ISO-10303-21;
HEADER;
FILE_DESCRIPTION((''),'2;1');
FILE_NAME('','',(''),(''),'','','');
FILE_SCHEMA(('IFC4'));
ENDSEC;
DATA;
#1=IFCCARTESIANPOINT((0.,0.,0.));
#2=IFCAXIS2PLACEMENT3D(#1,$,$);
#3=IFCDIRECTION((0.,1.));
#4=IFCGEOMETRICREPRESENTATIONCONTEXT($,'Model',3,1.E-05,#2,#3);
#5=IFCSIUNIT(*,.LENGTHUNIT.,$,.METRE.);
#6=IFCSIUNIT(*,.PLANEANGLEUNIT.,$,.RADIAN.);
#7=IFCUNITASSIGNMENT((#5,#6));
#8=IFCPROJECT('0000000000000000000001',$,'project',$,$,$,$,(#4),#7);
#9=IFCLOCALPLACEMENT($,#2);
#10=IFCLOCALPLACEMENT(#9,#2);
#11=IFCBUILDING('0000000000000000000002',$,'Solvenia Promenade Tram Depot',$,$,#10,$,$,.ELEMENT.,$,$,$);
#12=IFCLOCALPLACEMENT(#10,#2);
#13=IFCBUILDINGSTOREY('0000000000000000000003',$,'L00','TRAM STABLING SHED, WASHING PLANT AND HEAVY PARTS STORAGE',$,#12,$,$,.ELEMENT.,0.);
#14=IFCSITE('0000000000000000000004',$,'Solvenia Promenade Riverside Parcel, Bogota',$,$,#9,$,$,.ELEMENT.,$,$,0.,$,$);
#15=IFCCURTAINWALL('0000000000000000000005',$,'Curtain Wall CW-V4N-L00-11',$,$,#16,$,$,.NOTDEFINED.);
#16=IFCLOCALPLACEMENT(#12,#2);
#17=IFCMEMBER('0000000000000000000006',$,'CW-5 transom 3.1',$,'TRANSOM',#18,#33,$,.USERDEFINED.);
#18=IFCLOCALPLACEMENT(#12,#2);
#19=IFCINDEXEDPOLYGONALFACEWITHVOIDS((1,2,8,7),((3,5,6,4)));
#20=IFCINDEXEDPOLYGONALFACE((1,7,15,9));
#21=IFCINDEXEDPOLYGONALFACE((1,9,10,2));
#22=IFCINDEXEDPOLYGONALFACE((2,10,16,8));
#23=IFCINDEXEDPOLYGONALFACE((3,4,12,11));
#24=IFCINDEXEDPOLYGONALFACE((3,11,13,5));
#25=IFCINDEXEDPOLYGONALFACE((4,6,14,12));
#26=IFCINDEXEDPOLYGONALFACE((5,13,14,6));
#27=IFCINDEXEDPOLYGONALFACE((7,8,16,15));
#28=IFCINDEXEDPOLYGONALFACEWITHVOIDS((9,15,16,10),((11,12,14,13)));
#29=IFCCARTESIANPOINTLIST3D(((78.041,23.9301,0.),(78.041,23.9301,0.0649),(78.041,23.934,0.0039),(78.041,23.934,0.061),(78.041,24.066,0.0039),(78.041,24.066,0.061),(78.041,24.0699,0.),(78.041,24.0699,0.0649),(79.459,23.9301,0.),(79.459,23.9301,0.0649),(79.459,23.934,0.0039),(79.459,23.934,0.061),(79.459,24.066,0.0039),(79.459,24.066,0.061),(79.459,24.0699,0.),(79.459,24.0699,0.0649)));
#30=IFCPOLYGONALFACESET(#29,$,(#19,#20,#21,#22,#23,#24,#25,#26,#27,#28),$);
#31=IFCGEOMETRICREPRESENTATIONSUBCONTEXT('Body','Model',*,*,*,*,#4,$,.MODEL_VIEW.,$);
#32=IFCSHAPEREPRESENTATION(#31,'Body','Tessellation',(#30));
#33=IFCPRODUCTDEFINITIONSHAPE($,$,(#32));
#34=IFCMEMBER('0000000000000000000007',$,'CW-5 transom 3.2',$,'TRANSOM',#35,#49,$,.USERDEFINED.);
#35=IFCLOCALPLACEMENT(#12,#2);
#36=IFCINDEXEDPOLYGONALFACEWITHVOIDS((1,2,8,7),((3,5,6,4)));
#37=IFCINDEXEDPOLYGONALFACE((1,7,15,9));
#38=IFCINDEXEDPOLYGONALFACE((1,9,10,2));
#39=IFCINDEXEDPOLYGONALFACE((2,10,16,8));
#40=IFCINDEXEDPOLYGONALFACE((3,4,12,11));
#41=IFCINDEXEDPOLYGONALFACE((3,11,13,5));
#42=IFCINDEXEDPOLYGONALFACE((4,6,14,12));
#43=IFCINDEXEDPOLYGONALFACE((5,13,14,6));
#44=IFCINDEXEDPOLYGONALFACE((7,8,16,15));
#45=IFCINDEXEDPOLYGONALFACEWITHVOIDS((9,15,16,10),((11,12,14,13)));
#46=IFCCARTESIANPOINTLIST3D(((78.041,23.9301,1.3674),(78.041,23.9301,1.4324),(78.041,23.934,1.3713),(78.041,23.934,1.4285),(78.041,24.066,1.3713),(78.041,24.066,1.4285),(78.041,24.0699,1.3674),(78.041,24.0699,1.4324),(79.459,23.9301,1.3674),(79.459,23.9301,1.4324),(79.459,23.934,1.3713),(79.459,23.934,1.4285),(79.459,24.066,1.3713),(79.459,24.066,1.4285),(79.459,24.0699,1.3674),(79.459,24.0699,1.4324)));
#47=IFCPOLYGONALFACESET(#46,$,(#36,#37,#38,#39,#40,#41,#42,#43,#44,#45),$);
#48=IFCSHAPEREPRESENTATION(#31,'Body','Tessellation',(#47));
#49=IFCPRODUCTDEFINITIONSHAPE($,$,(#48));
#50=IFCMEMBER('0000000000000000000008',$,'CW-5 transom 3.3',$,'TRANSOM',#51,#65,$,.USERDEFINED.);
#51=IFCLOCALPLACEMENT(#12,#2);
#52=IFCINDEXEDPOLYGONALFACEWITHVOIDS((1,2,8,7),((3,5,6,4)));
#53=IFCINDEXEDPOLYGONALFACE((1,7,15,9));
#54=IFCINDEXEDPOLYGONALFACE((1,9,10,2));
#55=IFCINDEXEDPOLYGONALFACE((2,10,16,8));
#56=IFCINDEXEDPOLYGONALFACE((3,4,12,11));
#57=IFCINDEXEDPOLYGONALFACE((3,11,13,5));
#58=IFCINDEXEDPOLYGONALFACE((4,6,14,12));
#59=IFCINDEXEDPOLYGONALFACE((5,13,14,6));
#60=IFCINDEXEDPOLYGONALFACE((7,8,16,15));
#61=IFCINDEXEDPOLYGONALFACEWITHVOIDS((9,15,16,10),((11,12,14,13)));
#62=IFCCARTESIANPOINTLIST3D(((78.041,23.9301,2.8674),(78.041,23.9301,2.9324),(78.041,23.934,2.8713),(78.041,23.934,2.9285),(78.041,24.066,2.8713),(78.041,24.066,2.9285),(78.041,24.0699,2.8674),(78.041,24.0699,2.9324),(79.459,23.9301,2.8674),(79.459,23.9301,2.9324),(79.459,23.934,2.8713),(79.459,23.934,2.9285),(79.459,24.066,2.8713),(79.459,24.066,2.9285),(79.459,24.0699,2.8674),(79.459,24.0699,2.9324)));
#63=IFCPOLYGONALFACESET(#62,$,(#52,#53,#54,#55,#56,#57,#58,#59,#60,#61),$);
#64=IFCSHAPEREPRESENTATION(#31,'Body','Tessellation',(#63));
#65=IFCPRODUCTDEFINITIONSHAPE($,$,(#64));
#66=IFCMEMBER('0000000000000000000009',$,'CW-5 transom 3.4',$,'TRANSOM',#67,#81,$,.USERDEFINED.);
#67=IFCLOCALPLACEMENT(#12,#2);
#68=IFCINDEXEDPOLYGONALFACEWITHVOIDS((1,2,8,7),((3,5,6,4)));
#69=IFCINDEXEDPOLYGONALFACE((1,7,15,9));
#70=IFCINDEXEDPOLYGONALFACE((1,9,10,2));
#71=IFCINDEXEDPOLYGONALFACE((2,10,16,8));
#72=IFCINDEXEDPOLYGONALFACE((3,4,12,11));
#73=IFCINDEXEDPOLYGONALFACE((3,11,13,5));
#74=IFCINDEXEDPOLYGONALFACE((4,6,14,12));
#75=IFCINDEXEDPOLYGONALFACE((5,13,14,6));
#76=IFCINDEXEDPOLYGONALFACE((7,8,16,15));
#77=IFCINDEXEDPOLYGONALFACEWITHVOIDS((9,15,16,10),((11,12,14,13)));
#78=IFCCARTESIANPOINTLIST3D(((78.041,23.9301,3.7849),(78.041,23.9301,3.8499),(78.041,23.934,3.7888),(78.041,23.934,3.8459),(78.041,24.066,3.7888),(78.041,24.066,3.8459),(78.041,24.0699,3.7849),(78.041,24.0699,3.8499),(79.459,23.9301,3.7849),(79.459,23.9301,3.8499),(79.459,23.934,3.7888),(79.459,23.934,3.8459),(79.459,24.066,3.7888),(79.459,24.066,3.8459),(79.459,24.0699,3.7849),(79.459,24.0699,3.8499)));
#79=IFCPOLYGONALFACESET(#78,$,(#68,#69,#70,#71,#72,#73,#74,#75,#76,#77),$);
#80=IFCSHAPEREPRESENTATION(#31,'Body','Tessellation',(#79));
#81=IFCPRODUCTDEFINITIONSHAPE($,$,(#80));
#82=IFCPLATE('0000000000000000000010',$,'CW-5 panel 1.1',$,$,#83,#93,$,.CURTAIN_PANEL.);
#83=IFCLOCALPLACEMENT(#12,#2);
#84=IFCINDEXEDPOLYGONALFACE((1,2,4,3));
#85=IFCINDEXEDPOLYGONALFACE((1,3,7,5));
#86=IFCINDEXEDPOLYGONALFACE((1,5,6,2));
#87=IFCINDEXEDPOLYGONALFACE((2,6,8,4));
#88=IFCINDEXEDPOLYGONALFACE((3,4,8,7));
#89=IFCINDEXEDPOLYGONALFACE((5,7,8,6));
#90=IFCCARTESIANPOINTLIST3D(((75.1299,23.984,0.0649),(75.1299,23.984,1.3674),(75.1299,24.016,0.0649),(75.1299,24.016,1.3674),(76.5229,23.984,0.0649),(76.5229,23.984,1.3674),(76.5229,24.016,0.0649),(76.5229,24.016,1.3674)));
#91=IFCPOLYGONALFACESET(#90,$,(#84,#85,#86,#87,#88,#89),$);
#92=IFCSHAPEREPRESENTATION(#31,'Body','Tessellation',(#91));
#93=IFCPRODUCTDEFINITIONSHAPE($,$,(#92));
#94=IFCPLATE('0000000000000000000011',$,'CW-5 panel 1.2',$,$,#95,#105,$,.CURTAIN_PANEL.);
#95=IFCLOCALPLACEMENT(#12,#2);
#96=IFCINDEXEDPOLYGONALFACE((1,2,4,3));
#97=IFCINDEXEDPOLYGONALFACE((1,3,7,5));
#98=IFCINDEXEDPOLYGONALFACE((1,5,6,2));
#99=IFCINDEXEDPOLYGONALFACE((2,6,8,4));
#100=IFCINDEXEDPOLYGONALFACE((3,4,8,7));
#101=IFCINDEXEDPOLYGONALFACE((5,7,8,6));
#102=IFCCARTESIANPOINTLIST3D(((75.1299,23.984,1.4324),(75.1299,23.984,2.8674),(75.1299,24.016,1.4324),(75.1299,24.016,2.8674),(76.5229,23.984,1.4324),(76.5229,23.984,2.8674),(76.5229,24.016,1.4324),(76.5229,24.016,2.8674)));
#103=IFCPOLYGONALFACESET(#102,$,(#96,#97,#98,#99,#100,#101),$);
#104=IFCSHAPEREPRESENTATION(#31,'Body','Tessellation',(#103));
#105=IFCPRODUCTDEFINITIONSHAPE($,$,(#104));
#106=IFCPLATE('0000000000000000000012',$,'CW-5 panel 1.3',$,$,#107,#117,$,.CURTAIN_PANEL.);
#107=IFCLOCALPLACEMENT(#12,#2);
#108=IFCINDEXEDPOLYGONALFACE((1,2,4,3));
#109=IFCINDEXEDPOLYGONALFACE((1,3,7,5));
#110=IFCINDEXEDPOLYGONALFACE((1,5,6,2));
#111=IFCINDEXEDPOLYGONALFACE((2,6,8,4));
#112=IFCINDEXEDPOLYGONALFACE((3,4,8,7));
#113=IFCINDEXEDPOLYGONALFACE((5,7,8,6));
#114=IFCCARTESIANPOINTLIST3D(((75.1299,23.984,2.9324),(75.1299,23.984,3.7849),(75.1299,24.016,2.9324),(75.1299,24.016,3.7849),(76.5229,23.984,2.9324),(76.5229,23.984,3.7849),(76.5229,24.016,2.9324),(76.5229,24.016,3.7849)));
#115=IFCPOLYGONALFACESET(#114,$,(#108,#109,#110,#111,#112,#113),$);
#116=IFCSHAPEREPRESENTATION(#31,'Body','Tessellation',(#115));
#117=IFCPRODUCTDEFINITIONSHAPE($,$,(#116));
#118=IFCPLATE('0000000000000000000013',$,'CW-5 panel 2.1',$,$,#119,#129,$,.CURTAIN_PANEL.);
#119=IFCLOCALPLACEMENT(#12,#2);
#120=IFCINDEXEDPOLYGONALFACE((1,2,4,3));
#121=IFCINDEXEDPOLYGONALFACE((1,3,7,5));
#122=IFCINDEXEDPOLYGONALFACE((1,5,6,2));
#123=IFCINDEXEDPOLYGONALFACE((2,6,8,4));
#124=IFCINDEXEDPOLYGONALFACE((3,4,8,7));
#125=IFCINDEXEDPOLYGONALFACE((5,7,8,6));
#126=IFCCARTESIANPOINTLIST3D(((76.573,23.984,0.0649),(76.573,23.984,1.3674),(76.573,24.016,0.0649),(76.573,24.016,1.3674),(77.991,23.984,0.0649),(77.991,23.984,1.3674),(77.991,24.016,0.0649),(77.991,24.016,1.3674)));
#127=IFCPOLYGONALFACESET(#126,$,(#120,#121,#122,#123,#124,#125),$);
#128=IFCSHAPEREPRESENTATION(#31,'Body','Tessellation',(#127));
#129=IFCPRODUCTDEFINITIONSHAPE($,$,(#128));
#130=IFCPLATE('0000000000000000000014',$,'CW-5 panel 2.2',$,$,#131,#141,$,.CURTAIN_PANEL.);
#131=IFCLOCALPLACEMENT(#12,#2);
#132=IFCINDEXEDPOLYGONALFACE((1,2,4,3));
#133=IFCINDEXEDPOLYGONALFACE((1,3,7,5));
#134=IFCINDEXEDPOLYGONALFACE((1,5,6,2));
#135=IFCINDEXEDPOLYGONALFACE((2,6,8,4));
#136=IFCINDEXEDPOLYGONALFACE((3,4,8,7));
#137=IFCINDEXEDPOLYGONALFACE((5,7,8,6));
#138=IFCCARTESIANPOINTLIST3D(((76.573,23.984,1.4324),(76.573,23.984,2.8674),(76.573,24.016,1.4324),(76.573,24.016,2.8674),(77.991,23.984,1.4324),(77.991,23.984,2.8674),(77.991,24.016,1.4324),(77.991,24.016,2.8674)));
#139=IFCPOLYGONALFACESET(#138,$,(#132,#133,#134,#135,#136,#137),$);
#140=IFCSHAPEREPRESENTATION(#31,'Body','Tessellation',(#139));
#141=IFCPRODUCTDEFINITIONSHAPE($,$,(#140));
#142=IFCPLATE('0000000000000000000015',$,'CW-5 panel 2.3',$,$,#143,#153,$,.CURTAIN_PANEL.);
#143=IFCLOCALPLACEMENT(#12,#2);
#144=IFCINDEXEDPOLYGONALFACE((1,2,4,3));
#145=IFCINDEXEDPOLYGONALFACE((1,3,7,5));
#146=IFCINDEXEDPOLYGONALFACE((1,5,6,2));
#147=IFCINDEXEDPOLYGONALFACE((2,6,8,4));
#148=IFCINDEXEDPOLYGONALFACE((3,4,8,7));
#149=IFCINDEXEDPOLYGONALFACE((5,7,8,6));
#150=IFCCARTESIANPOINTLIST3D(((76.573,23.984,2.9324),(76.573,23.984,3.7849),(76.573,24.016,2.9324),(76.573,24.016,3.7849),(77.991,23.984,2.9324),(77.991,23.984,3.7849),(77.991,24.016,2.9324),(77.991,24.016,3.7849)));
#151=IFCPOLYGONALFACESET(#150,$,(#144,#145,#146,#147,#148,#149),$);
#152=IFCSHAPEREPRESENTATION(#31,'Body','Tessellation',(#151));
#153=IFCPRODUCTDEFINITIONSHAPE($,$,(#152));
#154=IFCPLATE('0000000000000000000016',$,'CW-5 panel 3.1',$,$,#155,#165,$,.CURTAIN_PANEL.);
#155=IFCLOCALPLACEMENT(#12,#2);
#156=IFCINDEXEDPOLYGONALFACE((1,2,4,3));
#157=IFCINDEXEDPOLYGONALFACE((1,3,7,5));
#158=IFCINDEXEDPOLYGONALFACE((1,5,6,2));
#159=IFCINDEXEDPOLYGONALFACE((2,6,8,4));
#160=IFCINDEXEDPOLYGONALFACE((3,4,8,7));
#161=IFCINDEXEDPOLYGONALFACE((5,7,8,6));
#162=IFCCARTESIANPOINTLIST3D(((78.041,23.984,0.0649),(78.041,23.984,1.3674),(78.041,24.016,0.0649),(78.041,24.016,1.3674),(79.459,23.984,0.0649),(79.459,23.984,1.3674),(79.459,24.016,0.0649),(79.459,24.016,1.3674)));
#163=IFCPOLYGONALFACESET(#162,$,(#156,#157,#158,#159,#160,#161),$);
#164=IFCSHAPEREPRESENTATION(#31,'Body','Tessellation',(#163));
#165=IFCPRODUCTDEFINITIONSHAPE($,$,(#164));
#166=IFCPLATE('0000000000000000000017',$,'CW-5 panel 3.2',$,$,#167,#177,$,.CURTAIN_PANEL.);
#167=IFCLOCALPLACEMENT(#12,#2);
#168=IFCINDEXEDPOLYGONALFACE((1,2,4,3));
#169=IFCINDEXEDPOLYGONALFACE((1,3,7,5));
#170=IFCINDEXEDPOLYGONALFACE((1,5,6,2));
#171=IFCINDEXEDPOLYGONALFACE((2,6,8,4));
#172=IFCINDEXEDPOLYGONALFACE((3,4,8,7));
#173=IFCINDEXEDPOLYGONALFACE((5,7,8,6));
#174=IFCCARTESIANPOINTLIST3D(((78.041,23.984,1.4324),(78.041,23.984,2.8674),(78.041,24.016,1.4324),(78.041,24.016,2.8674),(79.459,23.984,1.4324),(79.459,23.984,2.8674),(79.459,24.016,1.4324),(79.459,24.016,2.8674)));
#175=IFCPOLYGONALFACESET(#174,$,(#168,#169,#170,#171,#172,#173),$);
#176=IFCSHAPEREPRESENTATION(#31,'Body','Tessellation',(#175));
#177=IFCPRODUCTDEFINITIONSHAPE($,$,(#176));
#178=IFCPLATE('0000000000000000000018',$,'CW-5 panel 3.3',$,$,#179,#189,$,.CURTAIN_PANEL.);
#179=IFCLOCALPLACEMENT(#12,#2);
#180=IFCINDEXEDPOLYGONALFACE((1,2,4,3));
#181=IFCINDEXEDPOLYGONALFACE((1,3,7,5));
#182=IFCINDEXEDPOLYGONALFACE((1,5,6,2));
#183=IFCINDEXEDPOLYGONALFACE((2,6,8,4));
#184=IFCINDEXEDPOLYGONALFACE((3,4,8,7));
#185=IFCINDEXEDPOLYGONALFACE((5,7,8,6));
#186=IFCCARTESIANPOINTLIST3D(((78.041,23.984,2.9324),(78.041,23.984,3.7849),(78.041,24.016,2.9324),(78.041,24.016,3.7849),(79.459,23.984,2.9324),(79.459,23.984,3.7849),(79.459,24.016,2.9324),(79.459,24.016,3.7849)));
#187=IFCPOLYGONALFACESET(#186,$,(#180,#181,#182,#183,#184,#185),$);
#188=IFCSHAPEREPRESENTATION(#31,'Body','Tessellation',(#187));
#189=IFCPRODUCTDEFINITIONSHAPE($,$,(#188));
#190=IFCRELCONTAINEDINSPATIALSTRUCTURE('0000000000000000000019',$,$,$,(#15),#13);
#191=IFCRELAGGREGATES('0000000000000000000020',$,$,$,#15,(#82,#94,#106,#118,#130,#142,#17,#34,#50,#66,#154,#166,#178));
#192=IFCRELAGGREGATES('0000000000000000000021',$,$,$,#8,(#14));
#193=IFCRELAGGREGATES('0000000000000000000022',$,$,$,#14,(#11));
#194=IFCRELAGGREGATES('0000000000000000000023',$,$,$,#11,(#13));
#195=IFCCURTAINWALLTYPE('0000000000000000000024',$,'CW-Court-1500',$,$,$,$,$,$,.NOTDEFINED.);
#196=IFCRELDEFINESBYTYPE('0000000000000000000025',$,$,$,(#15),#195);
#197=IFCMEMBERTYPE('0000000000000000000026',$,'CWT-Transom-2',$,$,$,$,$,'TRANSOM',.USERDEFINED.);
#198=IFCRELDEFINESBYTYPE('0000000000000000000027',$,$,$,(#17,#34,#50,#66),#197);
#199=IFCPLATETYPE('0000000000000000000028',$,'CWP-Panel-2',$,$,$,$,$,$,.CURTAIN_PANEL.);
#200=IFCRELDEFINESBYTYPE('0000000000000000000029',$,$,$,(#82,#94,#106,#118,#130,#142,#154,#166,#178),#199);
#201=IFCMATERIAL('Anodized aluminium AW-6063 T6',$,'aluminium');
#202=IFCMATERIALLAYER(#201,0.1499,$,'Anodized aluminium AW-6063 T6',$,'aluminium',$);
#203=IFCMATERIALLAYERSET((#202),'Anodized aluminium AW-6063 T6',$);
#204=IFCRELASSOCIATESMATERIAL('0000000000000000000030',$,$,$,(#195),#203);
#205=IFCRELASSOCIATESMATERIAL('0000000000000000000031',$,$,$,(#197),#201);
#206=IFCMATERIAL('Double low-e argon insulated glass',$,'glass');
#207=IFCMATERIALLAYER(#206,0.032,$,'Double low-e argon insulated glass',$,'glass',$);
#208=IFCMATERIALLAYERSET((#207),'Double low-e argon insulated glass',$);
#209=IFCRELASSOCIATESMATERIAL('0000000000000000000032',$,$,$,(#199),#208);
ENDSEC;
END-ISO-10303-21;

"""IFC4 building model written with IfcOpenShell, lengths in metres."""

from ifc_helpers import new_model, si_unit, direction, frame, origin, origin_2d, place, context, subcontext, project, spatial, rectangle, hollow_rectangle, extrude, material, layer, layer_set, material_profile, profile_set, type_object, element, aggregate, save


model = new_model("IFC4")

# Units and contexts
model_context = context("Model", 3, precision=1e-05, world=origin(), true_north=direction((0.0, 1.0)))
body_context = subcontext(model_context, "Body", "Model", "MODEL_VIEW")
ifc_project = project(units=[si_unit("LENGTHUNIT", "METRE"), si_unit("PLANEANGLEUNIT", "RADIAN")], contexts=[model_context])

# Site, building, storey
site_placement = place(None, origin())
site = spatial("IfcSite", under=ifc_project, at=site_placement, Name="Solvenia Promenade Riverside Parcel, Bogota", CompositionType="ELEMENT", RefElevation=0.0)
building_placement = place(site_placement, origin())
building = spatial("IfcBuilding", under=site, at=building_placement, Name="Solvenia Promenade Tram Depot", CompositionType="ELEMENT")
storey_placement = place(building_placement, origin())
storey = spatial("IfcBuildingStorey", under=building, at=storey_placement, Name="L00", Description="TRAM STABLING SHED, WASHING PLANT AND HEAVY PARTS STORAGE", CompositionType="ELEMENT", Elevation=0.0)

# Curtain wall, members, plates
ifc_material_1 = material(Name="Anodized aluminium AW-6063 T6", Category="aluminium")
ifc_layer_1 = layer(ifc_material_1, 0.1499, Name="Anodized aluminium AW-6063 T6", Category="aluminium")
ifc_layer_set_1 = layer_set([ifc_layer_1], Name="Anodized aluminium AW-6063 T6")
curtain_wall_type = type_object("IfcCurtainWallType", Name="CW-Court-1500", PredefinedType="NOTDEFINED", material=ifc_layer_set_1)
curtain_wall_placement = place(storey_placement, origin())
curtain_wall = element("IfcCurtainWall", 1, at=curtain_wall_placement, inside=storey, type_object=curtain_wall_type, Name="Curtain Wall CW-V4N-L00-11", PredefinedType="NOTDEFINED")
ifc_material_profile_1 = material_profile(ifc_material_1, hollow_rectangle(XDim=0.1399, YDim=0.0649, WallThickness=0.0039, at=origin_2d()), Name="ALU-T2", Category="aluminium")
ifc_profile_set_1 = profile_set([ifc_material_profile_1], Name="Anodized aluminium AW-6063 T6")
member_type_1 = type_object("IfcMemberType", Name="CWT-Transom-2", ElementType="TRANSOM", PredefinedType="USERDEFINED", material=ifc_profile_set_1)
member_1_placement = place(storey_placement, frame((78.041, 24.0, 0.0325), z_axis=(1.0, 0.0, 0.0), x_axis=(0.0, 1.0, 0.0)))
member_1 = element("IfcMember", 2, at=member_1_placement, type_object=member_type_1, Name="CW-5 transom 3.1", ObjectType="TRANSOM", PredefinedType="USERDEFINED", context=body_context, shape_type="SweptSolid", body=[
    extrude(hollow_rectangle(XDim=0.1399, YDim=0.0649, WallThickness=0.0039, at=origin_2d()), origin(), (0.0, 0.0, 1.0), 1.418),
])
member_2_placement = place(storey_placement, frame((78.041, 24.0, 1.3999), z_axis=(1.0, 0.0, 0.0), x_axis=(0.0, 1.0, 0.0)))
member_2 = element("IfcMember", 3, at=member_2_placement, type_object=member_type_1, Name="CW-5 transom 3.2", ObjectType="TRANSOM", PredefinedType="USERDEFINED", context=body_context, shape_type="SweptSolid", body=[
    extrude(hollow_rectangle(XDim=0.1399, YDim=0.0649, WallThickness=0.0039, at=origin_2d()), origin(), (0.0, 0.0, 1.0), 1.418),
])
member_3_placement = place(storey_placement, frame((78.041, 24.0, 2.8999), z_axis=(1.0, 0.0, 0.0), x_axis=(0.0, 1.0, 0.0)))
member_3 = element("IfcMember", 4, at=member_3_placement, type_object=member_type_1, Name="CW-5 transom 3.3", ObjectType="TRANSOM", PredefinedType="USERDEFINED", context=body_context, shape_type="SweptSolid", body=[
    extrude(hollow_rectangle(XDim=0.1399, YDim=0.0649, WallThickness=0.0039, at=origin_2d()), origin(), (0.0, 0.0, 1.0), 1.418),
])
member_4_placement = place(storey_placement, frame((78.041, 24.0, 3.8174), z_axis=(1.0, 0.0, 0.0), x_axis=(0.0, 1.0, 0.0)))
member_4 = element("IfcMember", 5, at=member_4_placement, type_object=member_type_1, Name="CW-5 transom 3.4", ObjectType="TRANSOM", PredefinedType="USERDEFINED", context=body_context, shape_type="SweptSolid", body=[
    extrude(hollow_rectangle(XDim=0.1399, YDim=0.0649, WallThickness=0.0039, at=origin_2d()), origin(), (0.0, 0.0, 1.0), 1.418),
])
ifc_material_2 = material(Name="Double low-e argon insulated glass", Category="glass")
ifc_layer_2 = layer(ifc_material_2, 0.032, Name="Double low-e argon insulated glass", Category="glass")
ifc_layer_set_2 = layer_set([ifc_layer_2], Name="Double low-e argon insulated glass")
plate_type = type_object("IfcPlateType", Name="CWP-Panel-2", PredefinedType="CURTAIN_PANEL", material=ifc_layer_set_2)
plate_1_placement = place(storey_placement, frame((75.8264, 24.0, 0.0649), z_axis=(0.0, 0.0, 1.0), x_axis=(1.0, 0.0, 0.0)))
plate_1 = element("IfcPlate", 6, at=plate_1_placement, type_object=plate_type, Name="CW-5 panel 1.1", PredefinedType="CURTAIN_PANEL", context=body_context, shape_type="SweptSolid", body=[
    extrude(rectangle(XDim=1.3931, YDim=0.032, at=origin_2d()), origin(), (0.0, 0.0, 1.0), 1.3025),
])
plate_2_placement = place(storey_placement, frame((75.8264, 24.0, 1.4324), z_axis=(0.0, 0.0, 1.0), x_axis=(1.0, 0.0, 0.0)))
plate_2 = element("IfcPlate", 7, at=plate_2_placement, type_object=plate_type, Name="CW-5 panel 1.2", PredefinedType="CURTAIN_PANEL", context=body_context, shape_type="SweptSolid", body=[
    extrude(rectangle(XDim=1.3931, YDim=0.032, at=origin_2d()), origin(), (0.0, 0.0, 1.0), 1.4351),
])
plate_3_placement = place(storey_placement, frame((75.8264, 24.0, 2.9324), z_axis=(0.0, 0.0, 1.0), x_axis=(1.0, 0.0, 0.0)))
plate_3 = element("IfcPlate", 8, at=plate_3_placement, type_object=plate_type, Name="CW-5 panel 1.3", PredefinedType="CURTAIN_PANEL", context=body_context, shape_type="SweptSolid", body=[
    extrude(rectangle(XDim=1.3931, YDim=0.032, at=origin_2d()), origin(), (0.0, 0.0, 1.0), 0.8525),
])
plate_4_placement = place(storey_placement, frame((77.282, 24.0, 0.0649), z_axis=(0.0, 0.0, 1.0), x_axis=(1.0, 0.0, 0.0)))
plate_4 = element("IfcPlate", 9, at=plate_4_placement, type_object=plate_type, Name="CW-5 panel 2.1", PredefinedType="CURTAIN_PANEL", context=body_context, shape_type="SweptSolid", body=[
    extrude(rectangle(XDim=1.418, YDim=0.032, at=origin_2d()), origin(), (0.0, 0.0, 1.0), 1.3025),
])
plate_5_placement = place(storey_placement, frame((77.282, 24.0, 1.4324), z_axis=(0.0, 0.0, 1.0), x_axis=(1.0, 0.0, 0.0)))
plate_5 = element("IfcPlate", 10, at=plate_5_placement, type_object=plate_type, Name="CW-5 panel 2.2", PredefinedType="CURTAIN_PANEL", context=body_context, shape_type="SweptSolid", body=[
    extrude(rectangle(XDim=1.418, YDim=0.032, at=origin_2d()), origin(), (0.0, 0.0, 1.0), 1.4351),
])
plate_6_placement = place(storey_placement, frame((77.282, 24.0, 2.9324), z_axis=(0.0, 0.0, 1.0), x_axis=(1.0, 0.0, 0.0)))
plate_6 = element("IfcPlate", 11, at=plate_6_placement, type_object=plate_type, Name="CW-5 panel 2.3", PredefinedType="CURTAIN_PANEL", context=body_context, shape_type="SweptSolid", body=[
    extrude(rectangle(XDim=1.418, YDim=0.032, at=origin_2d()), origin(), (0.0, 0.0, 1.0), 0.8525),
])
plate_7_placement = place(storey_placement, frame((78.75, 24.0, 0.0649), z_axis=(0.0, 0.0, 1.0), x_axis=(1.0, 0.0, 0.0)))
plate_7 = element("IfcPlate", 12, at=plate_7_placement, type_object=plate_type, Name="CW-5 panel 3.1", PredefinedType="CURTAIN_PANEL", context=body_context, shape_type="SweptSolid", body=[
    extrude(rectangle(XDim=1.418, YDim=0.032, at=origin_2d()), origin(), (0.0, 0.0, 1.0), 1.3025),
])
plate_8_placement = place(storey_placement, frame((78.75, 24.0, 1.4324), z_axis=(0.0, 0.0, 1.0), x_axis=(1.0, 0.0, 0.0)))
plate_8 = element("IfcPlate", 13, at=plate_8_placement, type_object=plate_type, Name="CW-5 panel 3.2", PredefinedType="CURTAIN_PANEL", context=body_context, shape_type="SweptSolid", body=[
    extrude(rectangle(XDim=1.418, YDim=0.032, at=origin_2d()), origin(), (0.0, 0.0, 1.0), 1.4351),
])
plate_9_placement = place(storey_placement, frame((78.75, 24.0, 2.9324), z_axis=(0.0, 0.0, 1.0), x_axis=(1.0, 0.0, 0.0)))
plate_9 = element("IfcPlate", 14, at=plate_9_placement, type_object=plate_type, Name="CW-5 panel 3.3", PredefinedType="CURTAIN_PANEL", context=body_context, shape_type="SweptSolid", body=[
    extrude(rectangle(XDim=1.418, YDim=0.032, at=origin_2d()), origin(), (0.0, 0.0, 1.0), 0.8525),
])
aggregate(curtain_wall, [plate_1, plate_2, plate_3, plate_4, plate_5, plate_6, member_1, member_2, member_3, member_4, plate_7, plate_8, plate_9])

save(model, "model.ifc")
